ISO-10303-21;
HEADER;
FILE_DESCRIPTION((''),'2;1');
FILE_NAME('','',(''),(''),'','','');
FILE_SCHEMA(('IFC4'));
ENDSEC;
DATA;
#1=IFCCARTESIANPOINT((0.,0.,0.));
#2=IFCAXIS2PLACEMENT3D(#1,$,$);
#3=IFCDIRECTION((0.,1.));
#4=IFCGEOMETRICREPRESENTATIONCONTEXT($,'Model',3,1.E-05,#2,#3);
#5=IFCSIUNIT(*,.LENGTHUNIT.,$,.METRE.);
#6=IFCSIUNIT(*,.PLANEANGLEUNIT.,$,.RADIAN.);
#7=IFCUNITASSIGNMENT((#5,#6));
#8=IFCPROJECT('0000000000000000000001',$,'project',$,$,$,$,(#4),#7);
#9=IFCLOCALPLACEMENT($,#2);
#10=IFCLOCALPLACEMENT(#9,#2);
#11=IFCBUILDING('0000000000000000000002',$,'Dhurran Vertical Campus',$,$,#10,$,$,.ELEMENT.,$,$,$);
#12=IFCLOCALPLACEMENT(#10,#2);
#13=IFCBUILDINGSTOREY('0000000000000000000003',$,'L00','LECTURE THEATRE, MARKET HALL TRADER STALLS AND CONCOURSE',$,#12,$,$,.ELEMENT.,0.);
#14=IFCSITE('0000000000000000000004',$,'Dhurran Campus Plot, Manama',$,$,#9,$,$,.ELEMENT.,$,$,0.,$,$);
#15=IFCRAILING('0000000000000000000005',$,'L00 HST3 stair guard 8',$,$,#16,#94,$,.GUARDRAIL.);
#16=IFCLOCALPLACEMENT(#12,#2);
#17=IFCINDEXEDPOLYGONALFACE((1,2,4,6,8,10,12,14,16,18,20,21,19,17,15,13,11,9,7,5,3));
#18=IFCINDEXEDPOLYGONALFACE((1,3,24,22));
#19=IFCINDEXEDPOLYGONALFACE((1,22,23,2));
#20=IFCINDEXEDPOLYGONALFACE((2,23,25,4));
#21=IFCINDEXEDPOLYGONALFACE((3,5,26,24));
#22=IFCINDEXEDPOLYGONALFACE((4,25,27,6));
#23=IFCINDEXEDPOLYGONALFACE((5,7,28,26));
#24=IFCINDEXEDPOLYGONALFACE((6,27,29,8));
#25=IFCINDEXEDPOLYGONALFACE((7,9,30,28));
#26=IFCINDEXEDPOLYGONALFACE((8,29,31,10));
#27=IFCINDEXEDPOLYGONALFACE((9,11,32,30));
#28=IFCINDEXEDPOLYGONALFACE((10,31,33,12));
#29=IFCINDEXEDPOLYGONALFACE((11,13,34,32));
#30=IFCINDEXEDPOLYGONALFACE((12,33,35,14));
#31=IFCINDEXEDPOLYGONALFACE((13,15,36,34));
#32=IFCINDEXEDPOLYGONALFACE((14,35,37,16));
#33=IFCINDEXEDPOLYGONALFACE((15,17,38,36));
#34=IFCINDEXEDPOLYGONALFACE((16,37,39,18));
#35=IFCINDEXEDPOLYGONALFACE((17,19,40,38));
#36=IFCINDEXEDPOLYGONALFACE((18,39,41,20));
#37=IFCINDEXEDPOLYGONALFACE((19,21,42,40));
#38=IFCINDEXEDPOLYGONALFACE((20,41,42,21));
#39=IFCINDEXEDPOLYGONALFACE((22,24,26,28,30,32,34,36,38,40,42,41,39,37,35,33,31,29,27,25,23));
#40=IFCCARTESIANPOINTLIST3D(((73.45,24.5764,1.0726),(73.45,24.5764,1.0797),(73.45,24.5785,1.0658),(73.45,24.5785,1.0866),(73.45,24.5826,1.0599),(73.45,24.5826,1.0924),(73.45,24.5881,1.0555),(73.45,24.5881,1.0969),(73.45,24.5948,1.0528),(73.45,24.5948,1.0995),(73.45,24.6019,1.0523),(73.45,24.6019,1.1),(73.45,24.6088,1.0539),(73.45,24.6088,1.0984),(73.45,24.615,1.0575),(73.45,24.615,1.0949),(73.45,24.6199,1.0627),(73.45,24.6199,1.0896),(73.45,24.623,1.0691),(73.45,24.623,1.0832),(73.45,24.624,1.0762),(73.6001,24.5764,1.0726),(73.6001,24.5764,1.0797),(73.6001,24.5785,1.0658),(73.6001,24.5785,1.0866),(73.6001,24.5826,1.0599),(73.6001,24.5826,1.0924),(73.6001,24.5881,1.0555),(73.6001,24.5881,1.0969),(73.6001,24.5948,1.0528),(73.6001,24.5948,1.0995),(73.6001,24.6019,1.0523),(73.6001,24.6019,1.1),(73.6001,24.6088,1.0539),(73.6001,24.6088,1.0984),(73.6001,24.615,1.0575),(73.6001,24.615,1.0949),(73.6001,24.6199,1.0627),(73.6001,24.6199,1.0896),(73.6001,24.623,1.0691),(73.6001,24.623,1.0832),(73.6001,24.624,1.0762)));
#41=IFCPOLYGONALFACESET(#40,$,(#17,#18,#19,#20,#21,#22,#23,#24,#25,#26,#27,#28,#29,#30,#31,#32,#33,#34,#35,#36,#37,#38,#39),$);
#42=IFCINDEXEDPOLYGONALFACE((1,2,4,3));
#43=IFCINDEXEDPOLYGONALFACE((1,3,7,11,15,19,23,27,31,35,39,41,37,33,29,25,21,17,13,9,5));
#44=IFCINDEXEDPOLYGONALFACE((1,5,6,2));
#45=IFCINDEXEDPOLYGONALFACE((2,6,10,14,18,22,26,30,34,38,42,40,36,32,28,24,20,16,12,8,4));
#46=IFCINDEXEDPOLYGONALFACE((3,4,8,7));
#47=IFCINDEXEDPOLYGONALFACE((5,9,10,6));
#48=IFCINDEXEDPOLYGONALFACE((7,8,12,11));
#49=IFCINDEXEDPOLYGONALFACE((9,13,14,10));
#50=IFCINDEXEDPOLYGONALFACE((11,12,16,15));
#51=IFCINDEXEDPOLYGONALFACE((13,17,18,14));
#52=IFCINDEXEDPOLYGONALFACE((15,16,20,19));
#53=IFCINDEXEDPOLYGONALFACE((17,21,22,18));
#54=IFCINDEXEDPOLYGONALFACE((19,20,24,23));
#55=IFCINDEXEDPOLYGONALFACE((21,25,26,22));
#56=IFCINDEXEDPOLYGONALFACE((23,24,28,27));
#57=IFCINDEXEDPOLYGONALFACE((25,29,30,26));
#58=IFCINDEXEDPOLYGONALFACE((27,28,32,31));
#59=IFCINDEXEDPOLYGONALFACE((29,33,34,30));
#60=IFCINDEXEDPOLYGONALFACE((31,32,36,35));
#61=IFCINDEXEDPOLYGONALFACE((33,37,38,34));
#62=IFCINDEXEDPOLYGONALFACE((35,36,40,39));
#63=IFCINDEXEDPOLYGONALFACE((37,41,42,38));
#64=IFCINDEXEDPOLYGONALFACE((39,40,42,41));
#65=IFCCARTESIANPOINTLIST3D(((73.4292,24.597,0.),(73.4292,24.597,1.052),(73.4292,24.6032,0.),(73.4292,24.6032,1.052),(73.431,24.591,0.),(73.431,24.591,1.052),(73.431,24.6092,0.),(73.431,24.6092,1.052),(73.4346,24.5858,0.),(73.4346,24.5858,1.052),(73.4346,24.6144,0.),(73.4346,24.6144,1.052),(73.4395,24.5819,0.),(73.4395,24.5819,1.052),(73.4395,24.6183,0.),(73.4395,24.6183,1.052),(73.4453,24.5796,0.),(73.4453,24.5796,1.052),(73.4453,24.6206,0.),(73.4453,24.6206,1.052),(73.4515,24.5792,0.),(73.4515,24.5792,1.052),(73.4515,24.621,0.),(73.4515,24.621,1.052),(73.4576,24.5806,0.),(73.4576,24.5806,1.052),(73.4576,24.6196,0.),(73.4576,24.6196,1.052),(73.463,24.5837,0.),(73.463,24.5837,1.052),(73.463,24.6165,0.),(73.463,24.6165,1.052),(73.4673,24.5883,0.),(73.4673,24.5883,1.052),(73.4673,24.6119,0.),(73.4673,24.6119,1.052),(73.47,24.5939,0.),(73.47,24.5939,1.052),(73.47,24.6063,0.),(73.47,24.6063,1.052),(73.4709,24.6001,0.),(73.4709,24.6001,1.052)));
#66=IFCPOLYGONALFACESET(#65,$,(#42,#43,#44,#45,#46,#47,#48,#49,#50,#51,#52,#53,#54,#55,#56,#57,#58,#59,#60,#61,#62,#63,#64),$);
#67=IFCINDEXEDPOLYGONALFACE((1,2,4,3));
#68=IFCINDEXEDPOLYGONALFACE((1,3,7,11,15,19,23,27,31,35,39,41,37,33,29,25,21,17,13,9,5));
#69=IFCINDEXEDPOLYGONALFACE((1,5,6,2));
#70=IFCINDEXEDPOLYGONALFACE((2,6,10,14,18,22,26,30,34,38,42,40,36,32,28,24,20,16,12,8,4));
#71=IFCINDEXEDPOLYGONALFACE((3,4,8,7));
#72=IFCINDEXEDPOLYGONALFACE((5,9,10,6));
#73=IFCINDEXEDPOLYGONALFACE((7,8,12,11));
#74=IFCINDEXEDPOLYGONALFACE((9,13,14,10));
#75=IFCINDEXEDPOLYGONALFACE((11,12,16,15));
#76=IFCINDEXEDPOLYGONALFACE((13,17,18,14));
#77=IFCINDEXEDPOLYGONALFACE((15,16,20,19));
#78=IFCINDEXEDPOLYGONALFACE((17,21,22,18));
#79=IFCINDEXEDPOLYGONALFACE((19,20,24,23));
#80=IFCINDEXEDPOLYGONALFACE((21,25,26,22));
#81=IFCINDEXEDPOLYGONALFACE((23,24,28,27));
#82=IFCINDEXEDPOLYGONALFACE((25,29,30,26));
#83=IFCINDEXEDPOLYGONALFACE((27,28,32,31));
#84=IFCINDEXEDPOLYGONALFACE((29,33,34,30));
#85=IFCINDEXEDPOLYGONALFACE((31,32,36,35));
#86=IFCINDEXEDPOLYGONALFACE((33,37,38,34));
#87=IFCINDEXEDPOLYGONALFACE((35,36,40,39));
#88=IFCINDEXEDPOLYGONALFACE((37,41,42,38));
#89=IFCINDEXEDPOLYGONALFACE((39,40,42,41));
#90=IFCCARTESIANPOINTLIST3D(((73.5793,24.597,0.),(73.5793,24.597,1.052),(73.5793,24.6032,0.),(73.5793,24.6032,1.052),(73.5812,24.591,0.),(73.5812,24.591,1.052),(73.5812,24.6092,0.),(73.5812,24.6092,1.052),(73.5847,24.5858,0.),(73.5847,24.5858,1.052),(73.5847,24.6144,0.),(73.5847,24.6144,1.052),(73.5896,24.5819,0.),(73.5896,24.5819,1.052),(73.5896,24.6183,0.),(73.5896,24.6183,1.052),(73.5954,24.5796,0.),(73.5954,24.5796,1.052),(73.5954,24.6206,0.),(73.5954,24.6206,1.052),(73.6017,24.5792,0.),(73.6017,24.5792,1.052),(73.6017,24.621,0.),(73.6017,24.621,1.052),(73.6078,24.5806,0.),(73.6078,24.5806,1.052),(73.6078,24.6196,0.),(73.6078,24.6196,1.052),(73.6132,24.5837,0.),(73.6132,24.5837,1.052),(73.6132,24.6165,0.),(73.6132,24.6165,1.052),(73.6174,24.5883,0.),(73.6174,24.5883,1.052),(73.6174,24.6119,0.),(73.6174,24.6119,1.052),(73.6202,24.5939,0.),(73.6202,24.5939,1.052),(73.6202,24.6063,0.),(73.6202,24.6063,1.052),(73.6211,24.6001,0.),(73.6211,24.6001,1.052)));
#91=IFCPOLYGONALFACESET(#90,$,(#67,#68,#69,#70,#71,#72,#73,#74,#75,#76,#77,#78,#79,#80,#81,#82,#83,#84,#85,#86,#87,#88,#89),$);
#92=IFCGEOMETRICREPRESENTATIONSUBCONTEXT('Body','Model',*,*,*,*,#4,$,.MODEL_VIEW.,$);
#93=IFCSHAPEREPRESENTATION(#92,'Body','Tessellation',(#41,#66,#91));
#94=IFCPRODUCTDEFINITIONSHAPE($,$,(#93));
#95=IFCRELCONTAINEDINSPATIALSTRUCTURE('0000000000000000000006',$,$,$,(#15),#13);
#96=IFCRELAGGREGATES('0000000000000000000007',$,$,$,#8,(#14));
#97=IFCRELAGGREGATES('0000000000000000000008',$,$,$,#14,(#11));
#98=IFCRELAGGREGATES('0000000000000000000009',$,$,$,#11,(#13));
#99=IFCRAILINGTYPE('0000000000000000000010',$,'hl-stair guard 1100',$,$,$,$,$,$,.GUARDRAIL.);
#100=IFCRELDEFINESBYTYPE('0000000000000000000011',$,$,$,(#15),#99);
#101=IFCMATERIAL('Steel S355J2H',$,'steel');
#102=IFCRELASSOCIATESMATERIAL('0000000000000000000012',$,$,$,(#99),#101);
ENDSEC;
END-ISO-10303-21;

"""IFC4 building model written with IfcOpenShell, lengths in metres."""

from ifc_helpers import new_model, si_unit, direction, frame, origin, origin_2d, place, context, subcontext, project, spatial, circle, extrude, material, type_object, element, save


model = new_model("IFC4")

# Units and contexts
model_context = context("Model", 3, precision=1e-05, world=origin(), true_north=direction((0.0, 1.0)))
body_context = subcontext(model_context, "Body", "Model", "MODEL_VIEW")
ifc_project = project(units=[si_unit("LENGTHUNIT", "METRE"), si_unit("PLANEANGLEUNIT", "RADIAN")], contexts=[model_context])

# Site, building, storey
site_placement = place(None, origin())
site = spatial("IfcSite", under=ifc_project, at=site_placement, Name="Dhurran Campus Plot, Manama", CompositionType="ELEMENT", RefElevation=0.0)
building_placement = place(site_placement, origin())
building = spatial("IfcBuilding", under=site, at=building_placement, Name="Dhurran Vertical Campus", CompositionType="ELEMENT")
storey_placement = place(building_placement, origin())
storey = spatial("IfcBuildingStorey", under=building, at=storey_placement, Name="L00", Description="LECTURE THEATRE, MARKET HALL TRADER STALLS AND CONCOURSE", CompositionType="ELEMENT", Elevation=0.0)

# Railing
ifc_material_1 = material(Name="Steel S355J2H", Category="steel")
railing_type_1 = type_object("IfcRailingType", Name="hl-stair guard 1100", PredefinedType="GUARDRAIL", material=ifc_material_1)
railing_1_placement = place(storey_placement, frame((73.45, 24.6001, 0.0)))
element("IfcRailing", 1, at=railing_1_placement, inside=storey, type_object=railing_type_1, Name="L00 HST3 stair guard 8", PredefinedType="GUARDRAIL", context=body_context, shape_type="SweptSolid", body=[
    extrude(circle(Radius=0.0239, at=origin_2d()), frame((0.0, 0.0, 1.0762), z_axis=(1.0, 0.0, 0.0), x_axis=(0.0, 1.0, 0.0)), (0.0, 0.0, 1.0), 0.1501),
    extrude(circle(Radius=0.021, at=origin_2d()), origin(), (0.0, 0.0, 1.0), 1.052),
    extrude(circle(Radius=0.021, at=origin_2d()), frame((0.1501, 0.0, 0.0)), (0.0, 0.0, 1.0), 1.052),
])

save(model, "model.ifc")
